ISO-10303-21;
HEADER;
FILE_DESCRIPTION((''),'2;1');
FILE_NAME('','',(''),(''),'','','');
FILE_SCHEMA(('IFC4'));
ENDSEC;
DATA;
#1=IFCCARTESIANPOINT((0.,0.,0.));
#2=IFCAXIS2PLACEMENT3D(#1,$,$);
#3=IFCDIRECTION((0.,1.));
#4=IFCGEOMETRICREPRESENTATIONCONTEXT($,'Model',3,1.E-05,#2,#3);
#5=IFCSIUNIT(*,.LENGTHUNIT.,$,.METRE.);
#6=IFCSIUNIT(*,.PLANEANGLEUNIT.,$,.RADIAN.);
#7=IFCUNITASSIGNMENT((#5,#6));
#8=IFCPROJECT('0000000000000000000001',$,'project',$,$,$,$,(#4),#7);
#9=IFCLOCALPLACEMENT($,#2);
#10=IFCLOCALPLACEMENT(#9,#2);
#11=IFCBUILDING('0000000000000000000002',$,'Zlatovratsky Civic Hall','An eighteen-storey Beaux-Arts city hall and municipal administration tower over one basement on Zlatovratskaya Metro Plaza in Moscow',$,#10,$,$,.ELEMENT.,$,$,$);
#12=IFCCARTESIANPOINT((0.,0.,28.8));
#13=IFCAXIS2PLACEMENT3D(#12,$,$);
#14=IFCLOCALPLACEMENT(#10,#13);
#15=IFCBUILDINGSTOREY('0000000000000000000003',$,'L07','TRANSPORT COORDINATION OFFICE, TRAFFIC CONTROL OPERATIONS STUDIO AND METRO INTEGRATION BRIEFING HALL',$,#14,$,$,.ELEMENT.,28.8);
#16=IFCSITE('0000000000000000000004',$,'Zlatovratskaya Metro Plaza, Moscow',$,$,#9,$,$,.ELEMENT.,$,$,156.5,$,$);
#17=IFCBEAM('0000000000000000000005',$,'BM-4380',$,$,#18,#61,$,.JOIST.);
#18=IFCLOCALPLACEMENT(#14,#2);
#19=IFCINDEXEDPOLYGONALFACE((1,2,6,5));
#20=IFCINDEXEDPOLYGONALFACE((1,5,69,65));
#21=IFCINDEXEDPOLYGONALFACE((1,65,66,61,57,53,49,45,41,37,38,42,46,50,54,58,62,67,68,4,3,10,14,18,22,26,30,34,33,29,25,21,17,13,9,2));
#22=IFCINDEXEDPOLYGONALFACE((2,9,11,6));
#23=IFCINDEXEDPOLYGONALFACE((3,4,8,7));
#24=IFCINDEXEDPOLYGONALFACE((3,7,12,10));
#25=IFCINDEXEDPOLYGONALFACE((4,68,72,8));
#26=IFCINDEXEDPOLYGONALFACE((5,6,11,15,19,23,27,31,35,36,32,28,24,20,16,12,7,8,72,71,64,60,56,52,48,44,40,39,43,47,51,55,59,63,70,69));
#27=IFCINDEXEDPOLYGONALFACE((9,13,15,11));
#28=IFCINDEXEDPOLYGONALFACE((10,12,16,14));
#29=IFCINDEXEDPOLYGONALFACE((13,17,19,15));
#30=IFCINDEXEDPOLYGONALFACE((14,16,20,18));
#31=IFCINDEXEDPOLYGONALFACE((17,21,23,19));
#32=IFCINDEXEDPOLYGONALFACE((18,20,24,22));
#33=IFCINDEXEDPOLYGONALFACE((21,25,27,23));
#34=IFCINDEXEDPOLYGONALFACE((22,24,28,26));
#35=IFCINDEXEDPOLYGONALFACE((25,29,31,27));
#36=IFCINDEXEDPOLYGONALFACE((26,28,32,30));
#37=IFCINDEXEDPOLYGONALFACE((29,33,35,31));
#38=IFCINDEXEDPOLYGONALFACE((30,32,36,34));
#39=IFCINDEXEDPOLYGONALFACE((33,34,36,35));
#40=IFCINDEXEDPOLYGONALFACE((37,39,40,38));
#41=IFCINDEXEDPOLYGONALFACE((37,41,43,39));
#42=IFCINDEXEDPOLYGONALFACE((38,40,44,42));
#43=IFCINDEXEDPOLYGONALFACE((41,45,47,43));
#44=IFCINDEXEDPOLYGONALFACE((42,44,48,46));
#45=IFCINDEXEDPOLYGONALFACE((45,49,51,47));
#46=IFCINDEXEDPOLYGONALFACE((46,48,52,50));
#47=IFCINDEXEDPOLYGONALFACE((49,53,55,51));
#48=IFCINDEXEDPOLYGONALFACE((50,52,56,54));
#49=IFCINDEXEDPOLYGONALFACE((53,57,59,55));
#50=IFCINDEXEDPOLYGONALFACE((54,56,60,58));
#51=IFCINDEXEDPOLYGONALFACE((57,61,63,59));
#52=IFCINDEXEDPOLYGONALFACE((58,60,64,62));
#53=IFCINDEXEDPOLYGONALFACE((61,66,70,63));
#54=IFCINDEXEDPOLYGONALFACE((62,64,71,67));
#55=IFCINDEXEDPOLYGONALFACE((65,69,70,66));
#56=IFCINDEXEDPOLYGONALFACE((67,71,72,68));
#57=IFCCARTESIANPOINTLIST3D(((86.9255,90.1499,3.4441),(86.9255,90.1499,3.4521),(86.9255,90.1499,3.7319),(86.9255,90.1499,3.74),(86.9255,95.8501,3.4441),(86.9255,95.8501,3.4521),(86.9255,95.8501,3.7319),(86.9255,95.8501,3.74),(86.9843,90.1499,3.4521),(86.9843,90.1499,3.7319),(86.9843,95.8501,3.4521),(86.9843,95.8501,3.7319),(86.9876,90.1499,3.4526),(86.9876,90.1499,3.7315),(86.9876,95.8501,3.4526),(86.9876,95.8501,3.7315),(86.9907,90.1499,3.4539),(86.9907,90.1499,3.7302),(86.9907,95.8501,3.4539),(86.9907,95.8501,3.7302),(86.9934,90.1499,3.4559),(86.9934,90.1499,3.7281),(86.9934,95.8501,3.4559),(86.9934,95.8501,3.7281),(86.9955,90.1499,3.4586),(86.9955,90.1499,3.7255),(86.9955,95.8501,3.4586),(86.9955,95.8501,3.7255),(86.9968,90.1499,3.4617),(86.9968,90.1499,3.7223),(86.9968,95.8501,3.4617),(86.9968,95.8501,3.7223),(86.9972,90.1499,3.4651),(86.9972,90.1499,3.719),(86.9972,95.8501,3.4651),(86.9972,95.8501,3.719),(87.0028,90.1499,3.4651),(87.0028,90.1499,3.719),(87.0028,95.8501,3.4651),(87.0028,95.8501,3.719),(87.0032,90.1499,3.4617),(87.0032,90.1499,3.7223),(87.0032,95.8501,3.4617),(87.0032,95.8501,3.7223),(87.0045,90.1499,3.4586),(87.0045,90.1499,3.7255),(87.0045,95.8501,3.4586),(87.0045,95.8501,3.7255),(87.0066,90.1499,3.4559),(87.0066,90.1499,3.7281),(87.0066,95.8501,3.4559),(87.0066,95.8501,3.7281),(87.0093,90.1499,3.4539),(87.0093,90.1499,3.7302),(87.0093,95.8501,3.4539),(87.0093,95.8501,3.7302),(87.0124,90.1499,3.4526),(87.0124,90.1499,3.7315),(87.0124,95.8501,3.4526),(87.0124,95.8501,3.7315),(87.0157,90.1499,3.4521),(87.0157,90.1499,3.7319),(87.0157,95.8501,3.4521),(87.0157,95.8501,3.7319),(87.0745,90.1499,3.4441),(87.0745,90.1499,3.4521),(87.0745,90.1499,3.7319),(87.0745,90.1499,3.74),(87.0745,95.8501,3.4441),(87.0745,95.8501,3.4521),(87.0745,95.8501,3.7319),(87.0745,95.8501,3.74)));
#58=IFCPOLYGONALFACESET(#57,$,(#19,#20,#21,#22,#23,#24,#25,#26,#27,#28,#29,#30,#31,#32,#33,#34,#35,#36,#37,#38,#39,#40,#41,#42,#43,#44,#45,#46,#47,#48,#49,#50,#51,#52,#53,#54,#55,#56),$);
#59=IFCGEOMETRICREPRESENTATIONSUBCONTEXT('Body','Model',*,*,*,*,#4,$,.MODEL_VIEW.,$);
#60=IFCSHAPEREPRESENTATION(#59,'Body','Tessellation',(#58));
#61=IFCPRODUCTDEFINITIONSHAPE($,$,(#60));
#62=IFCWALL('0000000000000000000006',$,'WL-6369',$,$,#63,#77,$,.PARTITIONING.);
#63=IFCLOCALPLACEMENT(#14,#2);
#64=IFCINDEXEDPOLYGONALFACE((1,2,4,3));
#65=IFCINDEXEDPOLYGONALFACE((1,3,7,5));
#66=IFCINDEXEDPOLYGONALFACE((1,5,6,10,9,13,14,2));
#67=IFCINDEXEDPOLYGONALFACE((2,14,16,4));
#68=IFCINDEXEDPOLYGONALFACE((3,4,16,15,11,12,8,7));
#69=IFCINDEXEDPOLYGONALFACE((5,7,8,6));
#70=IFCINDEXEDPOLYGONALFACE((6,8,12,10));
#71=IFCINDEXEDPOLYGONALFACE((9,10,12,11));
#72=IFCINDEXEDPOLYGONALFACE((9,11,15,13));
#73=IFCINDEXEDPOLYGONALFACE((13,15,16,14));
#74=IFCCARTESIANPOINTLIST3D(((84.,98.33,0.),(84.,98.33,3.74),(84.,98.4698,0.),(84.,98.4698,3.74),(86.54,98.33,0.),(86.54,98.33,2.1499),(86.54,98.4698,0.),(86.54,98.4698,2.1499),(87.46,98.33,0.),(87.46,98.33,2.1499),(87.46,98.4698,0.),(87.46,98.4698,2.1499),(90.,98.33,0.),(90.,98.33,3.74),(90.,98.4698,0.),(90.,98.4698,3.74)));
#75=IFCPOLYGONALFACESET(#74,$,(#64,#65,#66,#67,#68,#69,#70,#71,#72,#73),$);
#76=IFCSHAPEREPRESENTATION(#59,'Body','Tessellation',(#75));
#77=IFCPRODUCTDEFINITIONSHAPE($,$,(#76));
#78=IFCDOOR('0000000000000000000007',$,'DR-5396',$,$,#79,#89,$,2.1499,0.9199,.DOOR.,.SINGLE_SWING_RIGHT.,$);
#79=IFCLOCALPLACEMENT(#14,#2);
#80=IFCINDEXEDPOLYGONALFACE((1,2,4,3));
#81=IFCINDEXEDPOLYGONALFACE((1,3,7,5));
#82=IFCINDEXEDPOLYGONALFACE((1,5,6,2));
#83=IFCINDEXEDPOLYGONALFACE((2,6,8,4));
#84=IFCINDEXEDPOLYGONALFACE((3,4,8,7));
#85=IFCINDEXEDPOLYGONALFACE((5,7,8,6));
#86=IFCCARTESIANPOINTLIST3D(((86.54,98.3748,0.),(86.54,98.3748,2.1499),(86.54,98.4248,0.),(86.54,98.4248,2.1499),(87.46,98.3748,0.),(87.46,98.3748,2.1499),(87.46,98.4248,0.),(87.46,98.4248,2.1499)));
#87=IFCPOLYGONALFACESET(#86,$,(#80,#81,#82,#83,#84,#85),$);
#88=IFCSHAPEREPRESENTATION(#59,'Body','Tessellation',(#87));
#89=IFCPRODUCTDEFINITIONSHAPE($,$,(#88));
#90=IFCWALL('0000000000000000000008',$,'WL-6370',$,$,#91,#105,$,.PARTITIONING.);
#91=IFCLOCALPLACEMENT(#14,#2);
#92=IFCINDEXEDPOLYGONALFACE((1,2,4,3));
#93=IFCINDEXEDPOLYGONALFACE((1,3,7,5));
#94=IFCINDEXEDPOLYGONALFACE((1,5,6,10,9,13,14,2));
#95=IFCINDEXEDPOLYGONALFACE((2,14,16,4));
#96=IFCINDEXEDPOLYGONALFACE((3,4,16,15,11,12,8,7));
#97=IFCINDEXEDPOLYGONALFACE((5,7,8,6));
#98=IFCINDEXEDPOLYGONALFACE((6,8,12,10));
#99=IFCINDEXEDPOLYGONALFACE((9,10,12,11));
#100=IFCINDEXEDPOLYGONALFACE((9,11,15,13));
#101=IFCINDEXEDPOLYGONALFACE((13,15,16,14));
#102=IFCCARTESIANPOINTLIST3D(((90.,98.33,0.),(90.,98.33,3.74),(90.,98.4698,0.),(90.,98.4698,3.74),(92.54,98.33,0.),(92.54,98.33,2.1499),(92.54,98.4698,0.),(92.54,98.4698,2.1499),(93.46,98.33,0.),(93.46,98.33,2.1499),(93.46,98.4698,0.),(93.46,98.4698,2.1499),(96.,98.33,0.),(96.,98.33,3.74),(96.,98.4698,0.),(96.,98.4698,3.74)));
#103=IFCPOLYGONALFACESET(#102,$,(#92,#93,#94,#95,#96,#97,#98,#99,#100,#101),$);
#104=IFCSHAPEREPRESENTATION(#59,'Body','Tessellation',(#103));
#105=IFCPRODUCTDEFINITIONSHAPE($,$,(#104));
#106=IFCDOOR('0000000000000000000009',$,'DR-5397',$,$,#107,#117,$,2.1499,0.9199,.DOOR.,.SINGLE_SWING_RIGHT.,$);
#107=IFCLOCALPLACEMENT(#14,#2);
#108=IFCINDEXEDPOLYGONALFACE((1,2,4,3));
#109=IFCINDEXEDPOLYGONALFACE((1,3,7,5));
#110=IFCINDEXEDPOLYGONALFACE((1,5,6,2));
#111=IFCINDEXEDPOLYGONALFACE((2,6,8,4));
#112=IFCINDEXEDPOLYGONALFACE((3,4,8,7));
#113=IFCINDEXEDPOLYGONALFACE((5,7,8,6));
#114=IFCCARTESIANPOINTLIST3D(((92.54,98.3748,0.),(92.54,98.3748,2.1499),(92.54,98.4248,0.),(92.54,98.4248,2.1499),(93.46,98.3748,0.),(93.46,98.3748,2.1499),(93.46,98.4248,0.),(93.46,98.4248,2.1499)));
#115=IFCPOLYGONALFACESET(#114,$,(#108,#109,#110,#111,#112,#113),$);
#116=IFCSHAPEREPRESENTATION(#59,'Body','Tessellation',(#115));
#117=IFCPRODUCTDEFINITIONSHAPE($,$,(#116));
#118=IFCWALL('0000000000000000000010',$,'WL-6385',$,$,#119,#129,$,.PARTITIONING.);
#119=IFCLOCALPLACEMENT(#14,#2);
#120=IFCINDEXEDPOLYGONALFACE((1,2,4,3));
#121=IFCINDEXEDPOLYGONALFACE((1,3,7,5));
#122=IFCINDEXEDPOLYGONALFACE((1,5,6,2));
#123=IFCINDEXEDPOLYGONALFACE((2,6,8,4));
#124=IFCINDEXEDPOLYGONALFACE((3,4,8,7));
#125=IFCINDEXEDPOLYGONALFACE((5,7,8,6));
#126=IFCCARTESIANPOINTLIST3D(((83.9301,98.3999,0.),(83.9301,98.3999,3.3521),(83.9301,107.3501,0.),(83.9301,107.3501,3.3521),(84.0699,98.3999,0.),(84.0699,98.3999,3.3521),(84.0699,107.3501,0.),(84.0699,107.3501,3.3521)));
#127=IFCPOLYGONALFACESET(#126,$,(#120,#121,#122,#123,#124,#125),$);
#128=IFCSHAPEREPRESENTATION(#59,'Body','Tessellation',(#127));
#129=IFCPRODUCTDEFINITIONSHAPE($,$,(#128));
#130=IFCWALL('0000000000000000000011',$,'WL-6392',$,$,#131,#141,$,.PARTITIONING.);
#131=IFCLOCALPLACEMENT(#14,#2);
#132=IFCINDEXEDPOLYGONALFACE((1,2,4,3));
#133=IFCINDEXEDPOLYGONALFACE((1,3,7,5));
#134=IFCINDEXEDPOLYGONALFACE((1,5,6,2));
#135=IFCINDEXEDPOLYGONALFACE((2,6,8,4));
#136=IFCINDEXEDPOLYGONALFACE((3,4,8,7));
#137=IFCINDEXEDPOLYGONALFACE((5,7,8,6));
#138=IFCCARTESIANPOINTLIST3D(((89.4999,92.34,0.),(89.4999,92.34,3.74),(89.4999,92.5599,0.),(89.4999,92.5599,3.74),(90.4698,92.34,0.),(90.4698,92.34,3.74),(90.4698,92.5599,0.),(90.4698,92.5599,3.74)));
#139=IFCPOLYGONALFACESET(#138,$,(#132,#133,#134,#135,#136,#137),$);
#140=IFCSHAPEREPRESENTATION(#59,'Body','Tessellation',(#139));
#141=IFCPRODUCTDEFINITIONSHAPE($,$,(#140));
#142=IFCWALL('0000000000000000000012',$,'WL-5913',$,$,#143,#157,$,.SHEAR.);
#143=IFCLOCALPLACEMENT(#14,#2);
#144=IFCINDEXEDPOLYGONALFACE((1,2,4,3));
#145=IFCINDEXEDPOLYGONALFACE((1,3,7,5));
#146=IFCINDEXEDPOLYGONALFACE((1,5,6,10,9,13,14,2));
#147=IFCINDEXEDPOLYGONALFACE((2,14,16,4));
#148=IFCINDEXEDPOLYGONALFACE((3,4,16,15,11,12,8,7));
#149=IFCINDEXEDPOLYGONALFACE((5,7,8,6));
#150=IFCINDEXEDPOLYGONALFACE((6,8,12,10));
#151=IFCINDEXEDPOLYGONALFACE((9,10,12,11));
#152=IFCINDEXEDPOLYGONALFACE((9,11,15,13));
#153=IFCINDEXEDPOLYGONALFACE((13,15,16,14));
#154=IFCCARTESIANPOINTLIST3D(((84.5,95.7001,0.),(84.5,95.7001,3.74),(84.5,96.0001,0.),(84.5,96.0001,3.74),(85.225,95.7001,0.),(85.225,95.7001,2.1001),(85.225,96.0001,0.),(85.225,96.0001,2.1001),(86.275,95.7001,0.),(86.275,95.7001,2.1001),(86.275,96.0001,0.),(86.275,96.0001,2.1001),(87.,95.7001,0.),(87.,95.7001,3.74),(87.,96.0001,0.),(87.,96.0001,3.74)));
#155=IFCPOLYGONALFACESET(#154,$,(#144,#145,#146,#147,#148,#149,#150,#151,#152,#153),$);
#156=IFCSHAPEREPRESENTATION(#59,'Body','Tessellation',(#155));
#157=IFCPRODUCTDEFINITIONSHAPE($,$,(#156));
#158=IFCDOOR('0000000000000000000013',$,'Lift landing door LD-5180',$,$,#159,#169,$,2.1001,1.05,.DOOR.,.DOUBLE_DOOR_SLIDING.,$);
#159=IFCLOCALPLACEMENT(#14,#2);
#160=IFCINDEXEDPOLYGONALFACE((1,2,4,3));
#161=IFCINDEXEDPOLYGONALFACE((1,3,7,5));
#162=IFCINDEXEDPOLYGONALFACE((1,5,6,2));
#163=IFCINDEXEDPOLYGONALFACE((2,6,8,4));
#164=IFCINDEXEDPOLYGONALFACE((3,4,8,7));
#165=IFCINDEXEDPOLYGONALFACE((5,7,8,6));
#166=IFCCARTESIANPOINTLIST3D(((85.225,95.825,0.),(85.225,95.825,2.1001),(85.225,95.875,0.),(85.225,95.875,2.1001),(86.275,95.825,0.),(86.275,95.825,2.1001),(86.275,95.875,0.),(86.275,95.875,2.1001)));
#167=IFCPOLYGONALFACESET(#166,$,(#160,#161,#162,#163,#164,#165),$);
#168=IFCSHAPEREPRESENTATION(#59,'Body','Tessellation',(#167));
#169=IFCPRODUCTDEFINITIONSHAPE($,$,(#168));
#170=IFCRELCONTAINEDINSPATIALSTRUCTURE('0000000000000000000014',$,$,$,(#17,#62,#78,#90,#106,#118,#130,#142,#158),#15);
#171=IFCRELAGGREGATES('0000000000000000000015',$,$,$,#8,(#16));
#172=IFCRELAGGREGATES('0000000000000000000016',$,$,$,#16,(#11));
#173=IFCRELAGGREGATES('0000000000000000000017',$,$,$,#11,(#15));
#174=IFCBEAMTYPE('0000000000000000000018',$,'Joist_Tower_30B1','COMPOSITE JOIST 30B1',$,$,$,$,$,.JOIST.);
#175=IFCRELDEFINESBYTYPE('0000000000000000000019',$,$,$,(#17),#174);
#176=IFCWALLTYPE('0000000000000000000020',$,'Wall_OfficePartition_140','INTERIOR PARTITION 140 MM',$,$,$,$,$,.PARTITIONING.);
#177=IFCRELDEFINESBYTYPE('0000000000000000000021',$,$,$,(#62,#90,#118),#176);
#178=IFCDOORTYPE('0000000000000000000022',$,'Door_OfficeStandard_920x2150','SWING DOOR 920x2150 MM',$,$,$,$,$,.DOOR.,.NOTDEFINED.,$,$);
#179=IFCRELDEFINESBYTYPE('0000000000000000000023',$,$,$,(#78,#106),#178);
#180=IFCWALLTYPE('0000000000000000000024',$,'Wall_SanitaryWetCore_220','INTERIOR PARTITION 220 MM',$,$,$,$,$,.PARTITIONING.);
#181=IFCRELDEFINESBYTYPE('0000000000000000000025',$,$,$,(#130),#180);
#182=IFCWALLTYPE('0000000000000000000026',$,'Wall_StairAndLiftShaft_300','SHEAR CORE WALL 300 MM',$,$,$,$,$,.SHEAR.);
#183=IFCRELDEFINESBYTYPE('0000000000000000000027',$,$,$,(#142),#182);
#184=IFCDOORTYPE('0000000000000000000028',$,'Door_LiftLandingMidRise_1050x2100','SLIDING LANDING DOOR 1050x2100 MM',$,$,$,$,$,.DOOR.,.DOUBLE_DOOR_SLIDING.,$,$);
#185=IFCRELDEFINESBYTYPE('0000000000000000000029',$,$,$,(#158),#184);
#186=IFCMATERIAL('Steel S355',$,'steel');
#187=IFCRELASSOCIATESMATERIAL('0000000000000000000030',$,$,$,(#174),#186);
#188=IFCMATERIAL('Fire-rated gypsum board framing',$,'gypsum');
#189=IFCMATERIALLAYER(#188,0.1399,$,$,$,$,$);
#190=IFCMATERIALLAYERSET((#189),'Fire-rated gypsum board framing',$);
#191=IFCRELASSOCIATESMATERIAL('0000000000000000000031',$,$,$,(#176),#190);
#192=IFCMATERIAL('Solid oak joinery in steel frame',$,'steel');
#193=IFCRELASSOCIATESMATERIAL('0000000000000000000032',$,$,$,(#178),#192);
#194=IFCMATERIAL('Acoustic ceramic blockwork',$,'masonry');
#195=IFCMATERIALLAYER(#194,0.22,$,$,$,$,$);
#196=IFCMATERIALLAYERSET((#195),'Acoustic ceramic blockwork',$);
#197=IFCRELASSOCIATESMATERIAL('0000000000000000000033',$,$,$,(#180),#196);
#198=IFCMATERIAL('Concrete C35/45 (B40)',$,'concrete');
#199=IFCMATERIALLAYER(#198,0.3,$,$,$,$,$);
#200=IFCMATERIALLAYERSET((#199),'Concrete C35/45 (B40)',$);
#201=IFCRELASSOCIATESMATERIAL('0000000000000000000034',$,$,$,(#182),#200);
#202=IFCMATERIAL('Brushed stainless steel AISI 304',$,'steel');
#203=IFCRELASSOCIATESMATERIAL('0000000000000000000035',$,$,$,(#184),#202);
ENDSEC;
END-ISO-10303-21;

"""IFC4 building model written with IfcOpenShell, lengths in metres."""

from ifc_helpers import new_model, si_unit, direction, frame, frame_2d, origin, origin_2d, place, context, subcontext, project, spatial, rectangle, i_section, extrude, material, layer, layer_set, material_profile, profile_set, type_object, element, fill, save


model = new_model("IFC4")

# Units and contexts
model_context = context("Model", 3, precision=1e-05, world=origin(), true_north=direction((0.0, 1.0)))
body_context = subcontext(model_context, "Body", "Model", "MODEL_VIEW")
ifc_project = project(units=[si_unit("LENGTHUNIT", "METRE"), si_unit("PLANEANGLEUNIT", "RADIAN")], contexts=[model_context])

# Site, building, storey
site_placement = place(None, origin())
site = spatial("IfcSite", under=ifc_project, at=site_placement, Name="Zlatovratskaya Metro Plaza, Moscow", CompositionType="ELEMENT", RefElevation=156.5)
building_placement = place(site_placement, origin())
building = spatial("IfcBuilding", under=site, at=building_placement, Name="Zlatovratsky Civic Hall", Description="An eighteen-storey Beaux-Arts city hall and municipal administration tower over one basement on Zlatovratskaya Metro Plaza in Moscow", CompositionType="ELEMENT")
storey_placement = place(building_placement, frame((0.0, 0.0, 28.8)))
storey = spatial("IfcBuildingStorey", under=building, at=storey_placement, Name="L07", Description="TRANSPORT COORDINATION OFFICE, TRAFFIC CONTROL OPERATIONS STUDIO AND METRO INTEGRATION BRIEFING HALL", CompositionType="ELEMENT", Elevation=28.8)

# Shared definitions
ifc_material_1 = material(Name="Concrete C35/45 (B40)", Category="concrete")
ifc_material_2 = material(Name="Steel S355", Category="steel")

# Beam
ifc_material_profile_1 = material_profile(ifc_material_2, i_section(OverallWidth=0.1489, OverallDepth=0.2959, WebThickness=0.0056, FlangeThickness=0.0081, FilletRadius=0.0129, at=origin_2d()), Name="30B1")
ifc_profile_set_1 = profile_set([ifc_material_profile_1], Name="Steel S355")
beam_type_1 = type_object("IfcBeamType", Name="Joist_Tower_30B1", Description="COMPOSITE JOIST 30B1", PredefinedType="JOIST", material=ifc_profile_set_1)
beam_1_placement = place(storey_placement, frame((87.0, 90.1499, 3.592), z_axis=(0.0, 1.0, 0.0), x_axis=(-1.0, 0.0, 0.0)))
element("IfcBeam", 1, at=beam_1_placement, inside=storey, type_object=beam_type_1, Name="BM-4380", PredefinedType="JOIST", context=body_context, shape_type="SweptSolid", body=[
    extrude(i_section(OverallWidth=0.1489, OverallDepth=0.2959, WebThickness=0.0056, FlangeThickness=0.0081, FilletRadius=0.0129, at=origin_2d()), origin(), (0.0, 0.0, 1.0), 5.7002),
])

# Walls, openings, doors
ifc_material_3 = material(Name="Fire-rated gypsum board framing", Category="gypsum")
ifc_layer_1 = layer(ifc_material_3, 0.1399)
ifc_layer_set_1 = layer_set([ifc_layer_1], Name="Fire-rated gypsum board framing")
wall_type_1 = type_object("IfcWallType", Name="Wall_OfficePartition_140", Description="INTERIOR PARTITION 140 MM", PredefinedType="PARTITIONING", material=ifc_layer_set_1)
wall_1_placement = place(storey_placement, frame((84.0, 98.3999, 0.0), z_axis=(0.0, 0.0, 1.0), x_axis=(1.0, 0.0, 0.0)))
wall_1 = element("IfcWall", 2, at=wall_1_placement, inside=storey, type_object=wall_type_1, Name="WL-6369", PredefinedType="PARTITIONING", context=body_context, shape_type="SweptSolid", body=[
    extrude(rectangle(XDim=6.0, YDim=0.1399, at=frame_2d((3.0, 0.0))), origin(), (0.0, 0.0, 1.0), 3.74),
])
opening_1_placement = place(wall_1_placement, frame((2.54, 0.0, 0.0)))
opening_1 = element("IfcOpeningElement", 3, at=opening_1_placement, cuts=wall_1, PredefinedType="OPENING", context=body_context, shape_type="SweptSolid", body=[
    extrude(rectangle(XDim=0.9199, YDim=2.1499, at=frame_2d((0.46, 1.075))), frame((0.0, 0.085, 0.0), z_axis=(0.0, -1.0, 0.0), x_axis=(1.0, 0.0, 0.0)), (0.0, 0.0, 1.0), 0.1697),
])
ifc_material_4 = material(Name="Solid oak joinery in steel frame", Category="steel")
door_type_1 = type_object("IfcDoorType", Name="Door_OfficeStandard_920x2150", Description="SWING DOOR 920x2150 MM", OperationType="NOTDEFINED", PredefinedType="DOOR", material=ifc_material_4)
door_1_placement = place(opening_1_placement, origin())
door_1 = element("IfcDoor", 4, at=door_1_placement, inside=storey, type_object=door_type_1, Name="DR-5396", OperationType="SINGLE_SWING_RIGHT", OverallHeight=2.1499, OverallWidth=0.9199, PredefinedType="DOOR", context=body_context, shape_type="SweptSolid", body=[
    extrude(rectangle(XDim=0.9199, YDim=2.1499, at=frame_2d((0.46, 1.075))), frame((0.0, 0.0249, 0.0), z_axis=(0.0, -1.0, 0.0), x_axis=(1.0, 0.0, 0.0)), (0.0, 0.0, 1.0), 0.05),
])
fill(opening_1, door_1)
wall_2_placement = place(storey_placement, frame((90.0, 98.3999, 0.0), z_axis=(0.0, 0.0, 1.0), x_axis=(1.0, 0.0, 0.0)))
wall_2 = element("IfcWall", 5, at=wall_2_placement, inside=storey, type_object=wall_type_1, Name="WL-6370", PredefinedType="PARTITIONING", context=body_context, shape_type="SweptSolid", body=[
    extrude(rectangle(XDim=6.0, YDim=0.1399, at=frame_2d((3.0, 0.0))), origin(), (0.0, 0.0, 1.0), 3.74),
])
opening_2_placement = place(wall_2_placement, frame((2.54, 0.0, 0.0)))
opening_2 = element("IfcOpeningElement", 6, at=opening_2_placement, cuts=wall_2, PredefinedType="OPENING", context=body_context, shape_type="SweptSolid", body=[
    extrude(rectangle(XDim=0.9199, YDim=2.1499, at=frame_2d((0.46, 1.075))), frame((0.0, 0.085, 0.0), z_axis=(0.0, -1.0, 0.0), x_axis=(1.0, 0.0, 0.0)), (0.0, 0.0, 1.0), 0.1697),
])
door_2_placement = place(opening_2_placement, origin())
door_2 = element("IfcDoor", 7, at=door_2_placement, inside=storey, type_object=door_type_1, Name="DR-5397", OperationType="SINGLE_SWING_RIGHT", OverallHeight=2.1499, OverallWidth=0.9199, PredefinedType="DOOR", context=body_context, shape_type="SweptSolid", body=[
    extrude(rectangle(XDim=0.9199, YDim=2.1499, at=frame_2d((0.46, 1.075))), frame((0.0, 0.0249, 0.0), z_axis=(0.0, -1.0, 0.0), x_axis=(1.0, 0.0, 0.0)), (0.0, 0.0, 1.0), 0.05),
])
fill(opening_2, door_2)

# Walls
wall_3_placement = place(storey_placement, frame((84.0, 98.3999, 0.0), z_axis=(0.0, 0.0, 1.0), x_axis=(0.0, 1.0, 0.0)))
element("IfcWall", 8, at=wall_3_placement, inside=storey, type_object=wall_type_1, Name="WL-6385", PredefinedType="PARTITIONING", context=body_context, shape_type="SweptSolid", body=[
    extrude(rectangle(XDim=8.9502, YDim=0.1399, at=frame_2d((4.4751, 0.0))), origin(), (0.0, 0.0, 1.0), 3.3521),
])
ifc_material_5 = material(Name="Acoustic ceramic blockwork", Category="masonry")
ifc_layer_2 = layer(ifc_material_5, 0.22)
ifc_layer_set_2 = layer_set([ifc_layer_2], Name="Acoustic ceramic blockwork")
wall_type_2 = type_object("IfcWallType", Name="Wall_SanitaryWetCore_220", Description="INTERIOR PARTITION 220 MM", PredefinedType="PARTITIONING", material=ifc_layer_set_2)
wall_4_placement = place(storey_placement, frame((89.5, 92.45, 0.0), z_axis=(0.0, 0.0, 1.0), x_axis=(1.0, 0.0, 0.0)))
element("IfcWall", 9, at=wall_4_placement, inside=storey, type_object=wall_type_2, Name="WL-6392", PredefinedType="PARTITIONING", context=body_context, shape_type="SweptSolid", body=[
    extrude(rectangle(XDim=0.97, YDim=0.22, at=frame_2d((0.4849, 0.0))), origin(), (0.0, 0.0, 1.0), 3.74),
])

# Wall, opening, door
ifc_layer_3 = layer(ifc_material_1, 0.3)
ifc_layer_set_3 = layer_set([ifc_layer_3], Name="Concrete C35/45 (B40)")
wall_type_3 = type_object("IfcWallType", Name="Wall_StairAndLiftShaft_300", Description="SHEAR CORE WALL 300 MM", PredefinedType="SHEAR", material=ifc_layer_set_3)
wall_5_placement = place(storey_placement, frame((84.5, 95.8501, 0.0), z_axis=(0.0, 0.0, 1.0), x_axis=(1.0, 0.0, 0.0)))
wall_5 = element("IfcWall", 10, at=wall_5_placement, inside=storey, type_object=wall_type_3, Name="WL-5913", PredefinedType="SHEAR", context=body_context, shape_type="SweptSolid", body=[
    extrude(rectangle(XDim=2.5, YDim=0.3, at=frame_2d((1.25, 0.0))), origin(), (0.0, 0.0, 1.0), 3.74),
])
opening_3_placement = place(wall_5_placement, frame((0.7251, 0.0, 0.0)))
opening_3 = element("IfcOpeningElement", 11, at=opening_3_placement, cuts=wall_5, PredefinedType="OPENING", context=body_context, shape_type="SweptSolid", body=[
    extrude(rectangle(XDim=1.05, YDim=2.1001, at=frame_2d((0.5249, 1.05))), frame((0.0, 0.165, 0.0), z_axis=(0.0, -1.0, 0.0), x_axis=(1.0, 0.0, 0.0)), (0.0, 0.0, 1.0), 0.3298),
])
ifc_material_6 = material(Name="Brushed stainless steel AISI 304", Category="steel")
door_type_2 = type_object("IfcDoorType", Name="Door_LiftLandingMidRise_1050x2100", Description="SLIDING LANDING DOOR 1050x2100 MM", OperationType="DOUBLE_DOOR_SLIDING", PredefinedType="DOOR", material=ifc_material_6)
door_3_placement = place(opening_3_placement, origin())
door_3 = element("IfcDoor", 12, at=door_3_placement, inside=storey, type_object=door_type_2, Name="Lift landing door LD-5180", OperationType="DOUBLE_DOOR_SLIDING", OverallHeight=2.1001, OverallWidth=1.05, PredefinedType="DOOR", context=body_context, shape_type="SweptSolid", body=[
    extrude(rectangle(XDim=1.05, YDim=2.1001, at=frame_2d((0.5249, 1.05))), frame((0.0, 0.0249, 0.0), z_axis=(0.0, -1.0, 0.0), x_axis=(1.0, 0.0, 0.0)), (0.0, 0.0, 1.0), 0.05),
])
fill(opening_3, door_3)

save(model, "model.ifc")
